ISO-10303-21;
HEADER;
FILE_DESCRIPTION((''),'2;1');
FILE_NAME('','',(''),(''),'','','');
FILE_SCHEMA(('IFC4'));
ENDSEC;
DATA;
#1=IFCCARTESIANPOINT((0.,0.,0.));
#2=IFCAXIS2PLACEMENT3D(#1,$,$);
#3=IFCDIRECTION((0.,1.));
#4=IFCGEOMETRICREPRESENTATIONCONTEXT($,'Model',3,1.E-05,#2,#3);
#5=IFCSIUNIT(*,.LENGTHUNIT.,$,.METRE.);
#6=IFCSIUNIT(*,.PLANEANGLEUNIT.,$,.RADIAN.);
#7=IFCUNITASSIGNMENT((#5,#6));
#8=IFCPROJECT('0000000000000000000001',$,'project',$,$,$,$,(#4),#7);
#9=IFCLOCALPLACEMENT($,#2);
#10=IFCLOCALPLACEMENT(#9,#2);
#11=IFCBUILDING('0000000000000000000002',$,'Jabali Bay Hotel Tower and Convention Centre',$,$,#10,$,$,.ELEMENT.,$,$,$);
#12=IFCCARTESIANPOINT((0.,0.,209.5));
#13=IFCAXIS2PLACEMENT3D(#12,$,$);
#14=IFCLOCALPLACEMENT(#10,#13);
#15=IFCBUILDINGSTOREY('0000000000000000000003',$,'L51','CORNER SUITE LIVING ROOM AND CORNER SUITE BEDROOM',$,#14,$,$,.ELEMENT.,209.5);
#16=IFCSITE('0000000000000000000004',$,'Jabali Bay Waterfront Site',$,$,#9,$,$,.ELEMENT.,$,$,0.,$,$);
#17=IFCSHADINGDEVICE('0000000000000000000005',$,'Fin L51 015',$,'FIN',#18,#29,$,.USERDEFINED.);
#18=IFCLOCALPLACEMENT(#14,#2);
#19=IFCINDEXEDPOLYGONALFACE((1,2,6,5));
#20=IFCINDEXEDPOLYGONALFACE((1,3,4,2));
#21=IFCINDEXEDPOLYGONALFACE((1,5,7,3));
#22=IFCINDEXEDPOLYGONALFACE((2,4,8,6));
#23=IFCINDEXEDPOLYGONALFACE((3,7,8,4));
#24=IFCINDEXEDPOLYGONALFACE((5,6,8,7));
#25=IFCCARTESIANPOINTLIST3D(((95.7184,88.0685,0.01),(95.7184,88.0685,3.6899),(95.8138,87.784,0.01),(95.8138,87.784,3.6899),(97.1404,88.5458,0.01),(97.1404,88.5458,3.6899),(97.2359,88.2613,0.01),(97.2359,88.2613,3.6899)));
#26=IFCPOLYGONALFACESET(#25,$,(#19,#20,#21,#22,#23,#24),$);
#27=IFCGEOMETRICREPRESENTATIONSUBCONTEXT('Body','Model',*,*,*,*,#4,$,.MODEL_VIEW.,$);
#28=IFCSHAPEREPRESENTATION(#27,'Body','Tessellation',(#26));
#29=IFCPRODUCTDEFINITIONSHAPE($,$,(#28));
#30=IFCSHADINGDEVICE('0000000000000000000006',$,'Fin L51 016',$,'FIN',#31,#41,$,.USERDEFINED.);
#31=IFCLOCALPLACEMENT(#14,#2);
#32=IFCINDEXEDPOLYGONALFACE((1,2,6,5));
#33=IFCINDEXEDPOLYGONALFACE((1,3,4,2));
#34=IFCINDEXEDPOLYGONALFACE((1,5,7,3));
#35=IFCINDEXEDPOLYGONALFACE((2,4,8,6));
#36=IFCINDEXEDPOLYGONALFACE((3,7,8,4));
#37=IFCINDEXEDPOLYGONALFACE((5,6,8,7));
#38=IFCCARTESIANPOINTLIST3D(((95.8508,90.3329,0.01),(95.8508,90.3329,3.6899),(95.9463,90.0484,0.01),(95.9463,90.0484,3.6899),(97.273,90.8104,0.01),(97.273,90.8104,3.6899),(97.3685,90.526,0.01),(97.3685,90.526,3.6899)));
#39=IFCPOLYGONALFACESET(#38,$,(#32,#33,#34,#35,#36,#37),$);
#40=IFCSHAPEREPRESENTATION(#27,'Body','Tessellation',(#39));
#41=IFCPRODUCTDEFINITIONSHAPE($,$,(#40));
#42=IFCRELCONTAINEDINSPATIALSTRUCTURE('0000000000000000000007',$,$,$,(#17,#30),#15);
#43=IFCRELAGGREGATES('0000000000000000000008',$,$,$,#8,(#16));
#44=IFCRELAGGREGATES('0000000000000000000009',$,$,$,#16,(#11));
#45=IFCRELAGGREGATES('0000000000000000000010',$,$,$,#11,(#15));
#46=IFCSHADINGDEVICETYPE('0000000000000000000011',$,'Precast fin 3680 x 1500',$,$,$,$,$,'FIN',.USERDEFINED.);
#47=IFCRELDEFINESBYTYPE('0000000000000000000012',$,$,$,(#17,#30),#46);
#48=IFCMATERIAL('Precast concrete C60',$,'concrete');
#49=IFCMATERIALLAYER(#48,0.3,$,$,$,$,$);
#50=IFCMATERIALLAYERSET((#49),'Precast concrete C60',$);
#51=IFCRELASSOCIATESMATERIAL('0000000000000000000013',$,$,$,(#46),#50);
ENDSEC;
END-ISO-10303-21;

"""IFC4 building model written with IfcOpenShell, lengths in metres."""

from ifc_helpers import new_model, si_unit, direction, frame, frame_2d, origin, place, context, subcontext, project, spatial, rectangle, extrude, material, layer, layer_set, type_object, element, save


model = new_model("IFC4")

# Units and contexts
model_context = context("Model", 3, precision=1e-05, world=origin(), true_north=direction((0.0, 1.0)))
body_context = subcontext(model_context, "Body", "Model", "MODEL_VIEW")
ifc_project = project(units=[si_unit("LENGTHUNIT", "METRE"), si_unit("PLANEANGLEUNIT", "RADIAN")], contexts=[model_context])

# Site, building, storey
site_placement = place(None, origin())
site = spatial("IfcSite", under=ifc_project, at=site_placement, Name="Jabali Bay Waterfront Site", CompositionType="ELEMENT", RefElevation=0.0)
building_placement = place(site_placement, origin())
building = spatial("IfcBuilding", under=site, at=building_placement, Name="Jabali Bay Hotel Tower and Convention Centre", CompositionType="ELEMENT")
storey_placement = place(building_placement, frame((0.0, 0.0, 209.5)))
storey = spatial("IfcBuildingStorey", under=building, at=storey_placement, Name="L51", Description="CORNER SUITE LIVING ROOM AND CORNER SUITE BEDROOM", CompositionType="ELEMENT", Elevation=209.5)

# Shading devices
ifc_material_1 = material(Name="Precast concrete C60", Category="concrete")
ifc_layer_1 = layer(ifc_material_1, 0.3)
ifc_layer_set_1 = layer_set([ifc_layer_1], Name="Precast concrete C60")
shading_device_type = type_object("IfcShadingDeviceType", Name="Precast fin 3680 x 1500", ElementType="FIN", PredefinedType="USERDEFINED", material=ifc_layer_set_1)
for number, where, z_axis, x_axis, name in (
    (1, (95.7661, 87.9263, 0.01), (0.0, 0.0, 1.0), (0.94803, 0.31818, 0.0), "Fin L51 015"),
):
    element("IfcShadingDevice", number, at=place(storey_placement, frame(where, z_axis=z_axis, x_axis=x_axis)), inside=storey, type_object=shading_device_type, Name=name, ObjectType="FIN", PredefinedType="USERDEFINED", context=body_context, shape_type="SweptSolid", body=[
        extrude(rectangle(XDim=1.5, YDim=0.3, at=frame_2d((0.75, 0.0))), origin(), (0.0, 0.0, 1.0), 3.6799),
    ])
shading_device_placement = place(storey_placement, frame((95.8987, 90.1907, 0.01), z_axis=(0.0, 0.0, 1.0), x_axis=(0.947981, 0.318326, 0.0)))
element("IfcShadingDevice", 2, at=shading_device_placement, inside=storey, type_object=shading_device_type, Name="Fin L51 016", ObjectType="FIN", PredefinedType="USERDEFINED", context=body_context, shape_type="SweptSolid", body=[
    extrude(rectangle(XDim=1.5002, YDim=0.3, at=frame_2d((0.75, 0.0))), origin(), (0.0, 0.0, 1.0), 3.6799),
])

save(model, "model.ifc")
